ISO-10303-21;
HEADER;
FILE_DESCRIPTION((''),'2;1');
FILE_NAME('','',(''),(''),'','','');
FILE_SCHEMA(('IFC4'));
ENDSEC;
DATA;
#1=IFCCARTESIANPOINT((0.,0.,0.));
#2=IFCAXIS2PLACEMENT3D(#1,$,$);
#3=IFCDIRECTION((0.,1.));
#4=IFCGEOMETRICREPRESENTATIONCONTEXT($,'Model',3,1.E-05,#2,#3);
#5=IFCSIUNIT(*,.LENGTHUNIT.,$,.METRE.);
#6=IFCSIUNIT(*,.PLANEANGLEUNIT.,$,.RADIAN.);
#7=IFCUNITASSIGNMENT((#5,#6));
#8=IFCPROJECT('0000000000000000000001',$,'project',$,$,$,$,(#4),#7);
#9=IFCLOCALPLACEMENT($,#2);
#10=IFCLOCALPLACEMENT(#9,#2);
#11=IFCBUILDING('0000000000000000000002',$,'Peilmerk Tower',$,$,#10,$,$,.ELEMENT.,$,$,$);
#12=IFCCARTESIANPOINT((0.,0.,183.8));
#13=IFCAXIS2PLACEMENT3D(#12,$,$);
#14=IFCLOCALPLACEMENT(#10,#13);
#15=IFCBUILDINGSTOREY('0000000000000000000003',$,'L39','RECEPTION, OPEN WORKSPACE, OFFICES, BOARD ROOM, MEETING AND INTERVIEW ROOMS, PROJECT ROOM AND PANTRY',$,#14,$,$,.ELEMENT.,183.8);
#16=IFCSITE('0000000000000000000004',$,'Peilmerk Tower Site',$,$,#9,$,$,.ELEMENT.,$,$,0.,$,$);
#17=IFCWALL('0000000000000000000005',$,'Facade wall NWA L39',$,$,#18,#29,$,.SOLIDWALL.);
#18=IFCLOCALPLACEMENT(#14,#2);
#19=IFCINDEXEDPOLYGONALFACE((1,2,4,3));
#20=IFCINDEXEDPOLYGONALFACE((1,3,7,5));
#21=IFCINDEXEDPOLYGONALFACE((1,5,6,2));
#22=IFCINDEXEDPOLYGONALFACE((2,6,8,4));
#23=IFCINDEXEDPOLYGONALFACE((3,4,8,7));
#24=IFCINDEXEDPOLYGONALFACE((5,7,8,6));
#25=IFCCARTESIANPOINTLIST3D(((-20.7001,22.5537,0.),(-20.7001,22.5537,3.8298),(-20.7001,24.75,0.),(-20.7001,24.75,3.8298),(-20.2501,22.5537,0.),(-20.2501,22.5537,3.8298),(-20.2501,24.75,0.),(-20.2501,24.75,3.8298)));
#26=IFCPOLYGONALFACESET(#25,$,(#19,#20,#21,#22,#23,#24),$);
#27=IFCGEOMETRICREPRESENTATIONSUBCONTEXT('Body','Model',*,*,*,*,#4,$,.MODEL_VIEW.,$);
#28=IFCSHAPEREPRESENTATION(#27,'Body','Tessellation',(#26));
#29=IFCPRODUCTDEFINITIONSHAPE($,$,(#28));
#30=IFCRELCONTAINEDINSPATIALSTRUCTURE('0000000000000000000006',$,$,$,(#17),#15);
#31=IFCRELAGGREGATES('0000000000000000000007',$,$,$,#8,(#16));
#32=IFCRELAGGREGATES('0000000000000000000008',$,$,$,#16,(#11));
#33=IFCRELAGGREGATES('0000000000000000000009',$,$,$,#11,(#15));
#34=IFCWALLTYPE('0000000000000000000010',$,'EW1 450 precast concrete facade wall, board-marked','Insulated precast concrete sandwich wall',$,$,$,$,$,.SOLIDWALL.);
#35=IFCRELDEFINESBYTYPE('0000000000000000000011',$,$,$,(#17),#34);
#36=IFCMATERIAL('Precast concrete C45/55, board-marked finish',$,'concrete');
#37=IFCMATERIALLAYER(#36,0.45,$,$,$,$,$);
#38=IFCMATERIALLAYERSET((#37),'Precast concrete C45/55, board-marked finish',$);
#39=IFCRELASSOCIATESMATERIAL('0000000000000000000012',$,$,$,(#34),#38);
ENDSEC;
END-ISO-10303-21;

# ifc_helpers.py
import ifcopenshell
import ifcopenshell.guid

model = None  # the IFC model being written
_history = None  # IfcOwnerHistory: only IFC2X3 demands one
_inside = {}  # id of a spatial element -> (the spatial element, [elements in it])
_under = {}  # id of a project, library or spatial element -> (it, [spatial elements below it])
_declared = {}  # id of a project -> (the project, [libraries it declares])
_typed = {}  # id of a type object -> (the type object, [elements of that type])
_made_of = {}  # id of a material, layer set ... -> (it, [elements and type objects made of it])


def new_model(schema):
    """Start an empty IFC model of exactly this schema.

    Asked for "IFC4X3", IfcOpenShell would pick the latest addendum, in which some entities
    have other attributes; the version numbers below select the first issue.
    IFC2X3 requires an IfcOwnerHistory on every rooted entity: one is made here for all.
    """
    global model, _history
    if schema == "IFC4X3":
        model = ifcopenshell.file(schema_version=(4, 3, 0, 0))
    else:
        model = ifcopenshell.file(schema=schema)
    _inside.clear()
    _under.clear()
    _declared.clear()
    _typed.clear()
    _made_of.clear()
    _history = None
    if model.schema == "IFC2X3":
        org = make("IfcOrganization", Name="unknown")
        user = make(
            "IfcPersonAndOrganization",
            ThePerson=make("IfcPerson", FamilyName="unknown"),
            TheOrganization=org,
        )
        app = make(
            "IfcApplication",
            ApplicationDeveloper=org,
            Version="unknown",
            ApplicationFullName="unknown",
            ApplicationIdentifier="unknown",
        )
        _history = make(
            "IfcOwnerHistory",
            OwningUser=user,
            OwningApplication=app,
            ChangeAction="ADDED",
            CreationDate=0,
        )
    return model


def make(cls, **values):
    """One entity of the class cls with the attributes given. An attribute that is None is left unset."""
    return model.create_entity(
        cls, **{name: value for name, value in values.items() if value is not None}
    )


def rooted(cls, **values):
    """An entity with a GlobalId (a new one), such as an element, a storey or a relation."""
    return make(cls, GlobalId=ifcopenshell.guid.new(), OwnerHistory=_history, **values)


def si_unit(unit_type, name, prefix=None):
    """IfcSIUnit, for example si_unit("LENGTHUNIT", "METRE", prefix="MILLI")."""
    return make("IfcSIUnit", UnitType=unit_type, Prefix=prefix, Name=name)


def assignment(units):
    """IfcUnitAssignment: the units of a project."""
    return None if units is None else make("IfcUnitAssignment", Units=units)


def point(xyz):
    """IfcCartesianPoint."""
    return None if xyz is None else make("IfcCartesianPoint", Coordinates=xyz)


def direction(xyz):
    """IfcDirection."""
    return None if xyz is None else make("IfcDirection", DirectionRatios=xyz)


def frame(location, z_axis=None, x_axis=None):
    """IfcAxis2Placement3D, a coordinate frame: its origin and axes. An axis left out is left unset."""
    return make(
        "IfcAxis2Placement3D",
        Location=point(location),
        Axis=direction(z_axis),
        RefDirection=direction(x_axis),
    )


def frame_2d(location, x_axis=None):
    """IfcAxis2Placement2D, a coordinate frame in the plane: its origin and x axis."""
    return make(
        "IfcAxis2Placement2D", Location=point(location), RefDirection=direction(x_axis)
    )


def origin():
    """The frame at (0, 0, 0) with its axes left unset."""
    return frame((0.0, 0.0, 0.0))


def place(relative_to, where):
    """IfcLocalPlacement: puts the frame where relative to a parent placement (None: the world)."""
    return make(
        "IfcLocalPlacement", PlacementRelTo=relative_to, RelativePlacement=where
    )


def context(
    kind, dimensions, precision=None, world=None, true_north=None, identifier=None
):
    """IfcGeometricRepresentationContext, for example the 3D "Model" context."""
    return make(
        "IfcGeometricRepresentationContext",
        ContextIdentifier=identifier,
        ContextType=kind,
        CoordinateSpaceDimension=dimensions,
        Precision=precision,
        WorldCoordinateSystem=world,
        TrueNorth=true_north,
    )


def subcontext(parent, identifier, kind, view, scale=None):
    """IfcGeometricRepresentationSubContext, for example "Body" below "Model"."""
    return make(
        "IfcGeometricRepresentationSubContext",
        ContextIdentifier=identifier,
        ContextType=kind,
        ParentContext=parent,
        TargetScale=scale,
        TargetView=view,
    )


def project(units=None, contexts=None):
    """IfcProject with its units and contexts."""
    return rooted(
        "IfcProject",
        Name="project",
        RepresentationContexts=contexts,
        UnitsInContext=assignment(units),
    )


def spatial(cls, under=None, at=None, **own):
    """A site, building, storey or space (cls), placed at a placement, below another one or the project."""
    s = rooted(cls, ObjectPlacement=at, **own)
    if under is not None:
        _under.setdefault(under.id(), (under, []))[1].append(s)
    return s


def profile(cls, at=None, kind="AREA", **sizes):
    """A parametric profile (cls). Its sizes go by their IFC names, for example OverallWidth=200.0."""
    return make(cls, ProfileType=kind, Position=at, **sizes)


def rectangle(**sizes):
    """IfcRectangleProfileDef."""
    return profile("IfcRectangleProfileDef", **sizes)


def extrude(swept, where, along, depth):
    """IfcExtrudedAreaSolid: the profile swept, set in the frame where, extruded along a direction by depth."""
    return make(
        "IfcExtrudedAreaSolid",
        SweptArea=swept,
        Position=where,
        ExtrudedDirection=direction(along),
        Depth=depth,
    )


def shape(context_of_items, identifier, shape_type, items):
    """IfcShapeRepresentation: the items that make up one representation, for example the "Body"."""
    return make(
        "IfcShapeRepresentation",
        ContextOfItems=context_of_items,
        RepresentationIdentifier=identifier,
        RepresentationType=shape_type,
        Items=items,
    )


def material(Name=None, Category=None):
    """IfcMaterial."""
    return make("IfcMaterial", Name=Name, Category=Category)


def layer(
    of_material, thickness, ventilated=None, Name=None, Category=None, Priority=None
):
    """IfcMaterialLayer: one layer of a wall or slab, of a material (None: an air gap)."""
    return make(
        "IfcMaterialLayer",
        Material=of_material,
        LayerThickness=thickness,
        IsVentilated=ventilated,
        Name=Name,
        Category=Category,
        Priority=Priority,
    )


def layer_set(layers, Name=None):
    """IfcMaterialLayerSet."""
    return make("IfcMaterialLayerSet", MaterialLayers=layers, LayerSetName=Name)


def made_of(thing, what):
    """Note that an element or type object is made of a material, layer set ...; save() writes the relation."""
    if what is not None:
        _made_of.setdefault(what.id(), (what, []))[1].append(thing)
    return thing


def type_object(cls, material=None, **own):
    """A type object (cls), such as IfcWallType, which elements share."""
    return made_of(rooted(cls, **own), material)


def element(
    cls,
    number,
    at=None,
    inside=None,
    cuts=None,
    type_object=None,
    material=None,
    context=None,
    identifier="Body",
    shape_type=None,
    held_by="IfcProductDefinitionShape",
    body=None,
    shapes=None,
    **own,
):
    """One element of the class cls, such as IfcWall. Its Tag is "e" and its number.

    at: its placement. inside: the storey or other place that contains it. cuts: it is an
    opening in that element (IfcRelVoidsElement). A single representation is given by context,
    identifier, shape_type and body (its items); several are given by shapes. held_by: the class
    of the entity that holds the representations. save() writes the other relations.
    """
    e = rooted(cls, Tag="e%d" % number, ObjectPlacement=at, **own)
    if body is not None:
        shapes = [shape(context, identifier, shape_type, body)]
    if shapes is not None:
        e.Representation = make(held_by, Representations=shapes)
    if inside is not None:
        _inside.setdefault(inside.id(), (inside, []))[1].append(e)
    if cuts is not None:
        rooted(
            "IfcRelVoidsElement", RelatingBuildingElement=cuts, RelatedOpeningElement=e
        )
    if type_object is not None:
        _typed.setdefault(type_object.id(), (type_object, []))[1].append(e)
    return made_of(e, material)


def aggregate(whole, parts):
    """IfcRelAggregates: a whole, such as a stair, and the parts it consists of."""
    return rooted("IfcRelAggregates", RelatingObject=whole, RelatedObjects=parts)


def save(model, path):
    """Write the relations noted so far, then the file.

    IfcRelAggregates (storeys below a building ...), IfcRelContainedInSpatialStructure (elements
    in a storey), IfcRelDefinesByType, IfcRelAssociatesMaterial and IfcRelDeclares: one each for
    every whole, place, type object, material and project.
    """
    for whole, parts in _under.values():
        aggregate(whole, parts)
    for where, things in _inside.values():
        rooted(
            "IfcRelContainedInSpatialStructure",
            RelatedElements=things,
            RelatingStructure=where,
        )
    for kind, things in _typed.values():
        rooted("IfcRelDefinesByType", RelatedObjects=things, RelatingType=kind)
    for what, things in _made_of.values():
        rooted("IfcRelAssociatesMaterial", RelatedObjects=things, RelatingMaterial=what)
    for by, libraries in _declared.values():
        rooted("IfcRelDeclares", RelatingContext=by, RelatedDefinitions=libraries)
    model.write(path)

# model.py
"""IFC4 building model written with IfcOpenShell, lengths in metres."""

from ifc_helpers import new_model, si_unit, direction, frame, frame_2d, origin, place, context, subcontext, project, spatial, rectangle, extrude, material, layer, layer_set, type_object, element, save


model = new_model("IFC4")

# Units and contexts
model_context = context("Model", 3, precision=1e-05, world=origin(), true_north=direction((0.0, 1.0)))
body_context = subcontext(model_context, "Body", "Model", "MODEL_VIEW")
ifc_project = project(units=[si_unit("LENGTHUNIT", "METRE"), si_unit("PLANEANGLEUNIT", "RADIAN")], contexts=[model_context])

# Site, building, storey
site_placement = place(None, origin())
site = spatial("IfcSite", under=ifc_project, at=site_placement, Name="Peilmerk Tower Site", CompositionType="ELEMENT", RefElevation=0.0)
building_placement = place(site_placement, origin())
building = spatial("IfcBuilding", under=site, at=building_placement, Name="Peilmerk Tower", CompositionType="ELEMENT")
storey_placement = place(building_placement, frame((0.0, 0.0, 183.8)))
storey = spatial("IfcBuildingStorey", under=building, at=storey_placement, Name="L39", Description="RECEPTION, OPEN WORKSPACE, OFFICES, BOARD ROOM, MEETING AND INTERVIEW ROOMS, PROJECT ROOM AND PANTRY", CompositionType="ELEMENT", Elevation=183.8)

# Shared definitions
ifc_material_1 = material(Name="Precast concrete C45/55, board-marked finish", Category="concrete")
ifc_layer_1 = layer(ifc_material_1, 0.45)
ifc_layer_set_1 = layer_set([ifc_layer_1], Name="Precast concrete C45/55, board-marked finish")
wall_type = type_object("IfcWallType", Name="EW1 450 precast concrete facade wall, board-marked", Description="Insulated precast concrete sandwich wall", PredefinedType="SOLIDWALL", material=ifc_layer_set_1)

# Wall
wall_1_placement = place(storey_placement, frame((-20.4751, 22.5537, 0.0), z_axis=(0.0, 0.0, 1.0), x_axis=(0.0, 1.0, 0.0)))
element("IfcWall", 1, at=wall_1_placement, inside=storey, type_object=wall_type, Name="Facade wall NWA L39", PredefinedType="SOLIDWALL", context=body_context, shape_type="SweptSolid", body=[
    extrude(rectangle(XDim=2.1963, YDim=0.45, at=frame_2d((1.0981, 0.0))), origin(), (0.0, 0.0, 1.0), 3.8298),
])

save(model, "model.ifc")
